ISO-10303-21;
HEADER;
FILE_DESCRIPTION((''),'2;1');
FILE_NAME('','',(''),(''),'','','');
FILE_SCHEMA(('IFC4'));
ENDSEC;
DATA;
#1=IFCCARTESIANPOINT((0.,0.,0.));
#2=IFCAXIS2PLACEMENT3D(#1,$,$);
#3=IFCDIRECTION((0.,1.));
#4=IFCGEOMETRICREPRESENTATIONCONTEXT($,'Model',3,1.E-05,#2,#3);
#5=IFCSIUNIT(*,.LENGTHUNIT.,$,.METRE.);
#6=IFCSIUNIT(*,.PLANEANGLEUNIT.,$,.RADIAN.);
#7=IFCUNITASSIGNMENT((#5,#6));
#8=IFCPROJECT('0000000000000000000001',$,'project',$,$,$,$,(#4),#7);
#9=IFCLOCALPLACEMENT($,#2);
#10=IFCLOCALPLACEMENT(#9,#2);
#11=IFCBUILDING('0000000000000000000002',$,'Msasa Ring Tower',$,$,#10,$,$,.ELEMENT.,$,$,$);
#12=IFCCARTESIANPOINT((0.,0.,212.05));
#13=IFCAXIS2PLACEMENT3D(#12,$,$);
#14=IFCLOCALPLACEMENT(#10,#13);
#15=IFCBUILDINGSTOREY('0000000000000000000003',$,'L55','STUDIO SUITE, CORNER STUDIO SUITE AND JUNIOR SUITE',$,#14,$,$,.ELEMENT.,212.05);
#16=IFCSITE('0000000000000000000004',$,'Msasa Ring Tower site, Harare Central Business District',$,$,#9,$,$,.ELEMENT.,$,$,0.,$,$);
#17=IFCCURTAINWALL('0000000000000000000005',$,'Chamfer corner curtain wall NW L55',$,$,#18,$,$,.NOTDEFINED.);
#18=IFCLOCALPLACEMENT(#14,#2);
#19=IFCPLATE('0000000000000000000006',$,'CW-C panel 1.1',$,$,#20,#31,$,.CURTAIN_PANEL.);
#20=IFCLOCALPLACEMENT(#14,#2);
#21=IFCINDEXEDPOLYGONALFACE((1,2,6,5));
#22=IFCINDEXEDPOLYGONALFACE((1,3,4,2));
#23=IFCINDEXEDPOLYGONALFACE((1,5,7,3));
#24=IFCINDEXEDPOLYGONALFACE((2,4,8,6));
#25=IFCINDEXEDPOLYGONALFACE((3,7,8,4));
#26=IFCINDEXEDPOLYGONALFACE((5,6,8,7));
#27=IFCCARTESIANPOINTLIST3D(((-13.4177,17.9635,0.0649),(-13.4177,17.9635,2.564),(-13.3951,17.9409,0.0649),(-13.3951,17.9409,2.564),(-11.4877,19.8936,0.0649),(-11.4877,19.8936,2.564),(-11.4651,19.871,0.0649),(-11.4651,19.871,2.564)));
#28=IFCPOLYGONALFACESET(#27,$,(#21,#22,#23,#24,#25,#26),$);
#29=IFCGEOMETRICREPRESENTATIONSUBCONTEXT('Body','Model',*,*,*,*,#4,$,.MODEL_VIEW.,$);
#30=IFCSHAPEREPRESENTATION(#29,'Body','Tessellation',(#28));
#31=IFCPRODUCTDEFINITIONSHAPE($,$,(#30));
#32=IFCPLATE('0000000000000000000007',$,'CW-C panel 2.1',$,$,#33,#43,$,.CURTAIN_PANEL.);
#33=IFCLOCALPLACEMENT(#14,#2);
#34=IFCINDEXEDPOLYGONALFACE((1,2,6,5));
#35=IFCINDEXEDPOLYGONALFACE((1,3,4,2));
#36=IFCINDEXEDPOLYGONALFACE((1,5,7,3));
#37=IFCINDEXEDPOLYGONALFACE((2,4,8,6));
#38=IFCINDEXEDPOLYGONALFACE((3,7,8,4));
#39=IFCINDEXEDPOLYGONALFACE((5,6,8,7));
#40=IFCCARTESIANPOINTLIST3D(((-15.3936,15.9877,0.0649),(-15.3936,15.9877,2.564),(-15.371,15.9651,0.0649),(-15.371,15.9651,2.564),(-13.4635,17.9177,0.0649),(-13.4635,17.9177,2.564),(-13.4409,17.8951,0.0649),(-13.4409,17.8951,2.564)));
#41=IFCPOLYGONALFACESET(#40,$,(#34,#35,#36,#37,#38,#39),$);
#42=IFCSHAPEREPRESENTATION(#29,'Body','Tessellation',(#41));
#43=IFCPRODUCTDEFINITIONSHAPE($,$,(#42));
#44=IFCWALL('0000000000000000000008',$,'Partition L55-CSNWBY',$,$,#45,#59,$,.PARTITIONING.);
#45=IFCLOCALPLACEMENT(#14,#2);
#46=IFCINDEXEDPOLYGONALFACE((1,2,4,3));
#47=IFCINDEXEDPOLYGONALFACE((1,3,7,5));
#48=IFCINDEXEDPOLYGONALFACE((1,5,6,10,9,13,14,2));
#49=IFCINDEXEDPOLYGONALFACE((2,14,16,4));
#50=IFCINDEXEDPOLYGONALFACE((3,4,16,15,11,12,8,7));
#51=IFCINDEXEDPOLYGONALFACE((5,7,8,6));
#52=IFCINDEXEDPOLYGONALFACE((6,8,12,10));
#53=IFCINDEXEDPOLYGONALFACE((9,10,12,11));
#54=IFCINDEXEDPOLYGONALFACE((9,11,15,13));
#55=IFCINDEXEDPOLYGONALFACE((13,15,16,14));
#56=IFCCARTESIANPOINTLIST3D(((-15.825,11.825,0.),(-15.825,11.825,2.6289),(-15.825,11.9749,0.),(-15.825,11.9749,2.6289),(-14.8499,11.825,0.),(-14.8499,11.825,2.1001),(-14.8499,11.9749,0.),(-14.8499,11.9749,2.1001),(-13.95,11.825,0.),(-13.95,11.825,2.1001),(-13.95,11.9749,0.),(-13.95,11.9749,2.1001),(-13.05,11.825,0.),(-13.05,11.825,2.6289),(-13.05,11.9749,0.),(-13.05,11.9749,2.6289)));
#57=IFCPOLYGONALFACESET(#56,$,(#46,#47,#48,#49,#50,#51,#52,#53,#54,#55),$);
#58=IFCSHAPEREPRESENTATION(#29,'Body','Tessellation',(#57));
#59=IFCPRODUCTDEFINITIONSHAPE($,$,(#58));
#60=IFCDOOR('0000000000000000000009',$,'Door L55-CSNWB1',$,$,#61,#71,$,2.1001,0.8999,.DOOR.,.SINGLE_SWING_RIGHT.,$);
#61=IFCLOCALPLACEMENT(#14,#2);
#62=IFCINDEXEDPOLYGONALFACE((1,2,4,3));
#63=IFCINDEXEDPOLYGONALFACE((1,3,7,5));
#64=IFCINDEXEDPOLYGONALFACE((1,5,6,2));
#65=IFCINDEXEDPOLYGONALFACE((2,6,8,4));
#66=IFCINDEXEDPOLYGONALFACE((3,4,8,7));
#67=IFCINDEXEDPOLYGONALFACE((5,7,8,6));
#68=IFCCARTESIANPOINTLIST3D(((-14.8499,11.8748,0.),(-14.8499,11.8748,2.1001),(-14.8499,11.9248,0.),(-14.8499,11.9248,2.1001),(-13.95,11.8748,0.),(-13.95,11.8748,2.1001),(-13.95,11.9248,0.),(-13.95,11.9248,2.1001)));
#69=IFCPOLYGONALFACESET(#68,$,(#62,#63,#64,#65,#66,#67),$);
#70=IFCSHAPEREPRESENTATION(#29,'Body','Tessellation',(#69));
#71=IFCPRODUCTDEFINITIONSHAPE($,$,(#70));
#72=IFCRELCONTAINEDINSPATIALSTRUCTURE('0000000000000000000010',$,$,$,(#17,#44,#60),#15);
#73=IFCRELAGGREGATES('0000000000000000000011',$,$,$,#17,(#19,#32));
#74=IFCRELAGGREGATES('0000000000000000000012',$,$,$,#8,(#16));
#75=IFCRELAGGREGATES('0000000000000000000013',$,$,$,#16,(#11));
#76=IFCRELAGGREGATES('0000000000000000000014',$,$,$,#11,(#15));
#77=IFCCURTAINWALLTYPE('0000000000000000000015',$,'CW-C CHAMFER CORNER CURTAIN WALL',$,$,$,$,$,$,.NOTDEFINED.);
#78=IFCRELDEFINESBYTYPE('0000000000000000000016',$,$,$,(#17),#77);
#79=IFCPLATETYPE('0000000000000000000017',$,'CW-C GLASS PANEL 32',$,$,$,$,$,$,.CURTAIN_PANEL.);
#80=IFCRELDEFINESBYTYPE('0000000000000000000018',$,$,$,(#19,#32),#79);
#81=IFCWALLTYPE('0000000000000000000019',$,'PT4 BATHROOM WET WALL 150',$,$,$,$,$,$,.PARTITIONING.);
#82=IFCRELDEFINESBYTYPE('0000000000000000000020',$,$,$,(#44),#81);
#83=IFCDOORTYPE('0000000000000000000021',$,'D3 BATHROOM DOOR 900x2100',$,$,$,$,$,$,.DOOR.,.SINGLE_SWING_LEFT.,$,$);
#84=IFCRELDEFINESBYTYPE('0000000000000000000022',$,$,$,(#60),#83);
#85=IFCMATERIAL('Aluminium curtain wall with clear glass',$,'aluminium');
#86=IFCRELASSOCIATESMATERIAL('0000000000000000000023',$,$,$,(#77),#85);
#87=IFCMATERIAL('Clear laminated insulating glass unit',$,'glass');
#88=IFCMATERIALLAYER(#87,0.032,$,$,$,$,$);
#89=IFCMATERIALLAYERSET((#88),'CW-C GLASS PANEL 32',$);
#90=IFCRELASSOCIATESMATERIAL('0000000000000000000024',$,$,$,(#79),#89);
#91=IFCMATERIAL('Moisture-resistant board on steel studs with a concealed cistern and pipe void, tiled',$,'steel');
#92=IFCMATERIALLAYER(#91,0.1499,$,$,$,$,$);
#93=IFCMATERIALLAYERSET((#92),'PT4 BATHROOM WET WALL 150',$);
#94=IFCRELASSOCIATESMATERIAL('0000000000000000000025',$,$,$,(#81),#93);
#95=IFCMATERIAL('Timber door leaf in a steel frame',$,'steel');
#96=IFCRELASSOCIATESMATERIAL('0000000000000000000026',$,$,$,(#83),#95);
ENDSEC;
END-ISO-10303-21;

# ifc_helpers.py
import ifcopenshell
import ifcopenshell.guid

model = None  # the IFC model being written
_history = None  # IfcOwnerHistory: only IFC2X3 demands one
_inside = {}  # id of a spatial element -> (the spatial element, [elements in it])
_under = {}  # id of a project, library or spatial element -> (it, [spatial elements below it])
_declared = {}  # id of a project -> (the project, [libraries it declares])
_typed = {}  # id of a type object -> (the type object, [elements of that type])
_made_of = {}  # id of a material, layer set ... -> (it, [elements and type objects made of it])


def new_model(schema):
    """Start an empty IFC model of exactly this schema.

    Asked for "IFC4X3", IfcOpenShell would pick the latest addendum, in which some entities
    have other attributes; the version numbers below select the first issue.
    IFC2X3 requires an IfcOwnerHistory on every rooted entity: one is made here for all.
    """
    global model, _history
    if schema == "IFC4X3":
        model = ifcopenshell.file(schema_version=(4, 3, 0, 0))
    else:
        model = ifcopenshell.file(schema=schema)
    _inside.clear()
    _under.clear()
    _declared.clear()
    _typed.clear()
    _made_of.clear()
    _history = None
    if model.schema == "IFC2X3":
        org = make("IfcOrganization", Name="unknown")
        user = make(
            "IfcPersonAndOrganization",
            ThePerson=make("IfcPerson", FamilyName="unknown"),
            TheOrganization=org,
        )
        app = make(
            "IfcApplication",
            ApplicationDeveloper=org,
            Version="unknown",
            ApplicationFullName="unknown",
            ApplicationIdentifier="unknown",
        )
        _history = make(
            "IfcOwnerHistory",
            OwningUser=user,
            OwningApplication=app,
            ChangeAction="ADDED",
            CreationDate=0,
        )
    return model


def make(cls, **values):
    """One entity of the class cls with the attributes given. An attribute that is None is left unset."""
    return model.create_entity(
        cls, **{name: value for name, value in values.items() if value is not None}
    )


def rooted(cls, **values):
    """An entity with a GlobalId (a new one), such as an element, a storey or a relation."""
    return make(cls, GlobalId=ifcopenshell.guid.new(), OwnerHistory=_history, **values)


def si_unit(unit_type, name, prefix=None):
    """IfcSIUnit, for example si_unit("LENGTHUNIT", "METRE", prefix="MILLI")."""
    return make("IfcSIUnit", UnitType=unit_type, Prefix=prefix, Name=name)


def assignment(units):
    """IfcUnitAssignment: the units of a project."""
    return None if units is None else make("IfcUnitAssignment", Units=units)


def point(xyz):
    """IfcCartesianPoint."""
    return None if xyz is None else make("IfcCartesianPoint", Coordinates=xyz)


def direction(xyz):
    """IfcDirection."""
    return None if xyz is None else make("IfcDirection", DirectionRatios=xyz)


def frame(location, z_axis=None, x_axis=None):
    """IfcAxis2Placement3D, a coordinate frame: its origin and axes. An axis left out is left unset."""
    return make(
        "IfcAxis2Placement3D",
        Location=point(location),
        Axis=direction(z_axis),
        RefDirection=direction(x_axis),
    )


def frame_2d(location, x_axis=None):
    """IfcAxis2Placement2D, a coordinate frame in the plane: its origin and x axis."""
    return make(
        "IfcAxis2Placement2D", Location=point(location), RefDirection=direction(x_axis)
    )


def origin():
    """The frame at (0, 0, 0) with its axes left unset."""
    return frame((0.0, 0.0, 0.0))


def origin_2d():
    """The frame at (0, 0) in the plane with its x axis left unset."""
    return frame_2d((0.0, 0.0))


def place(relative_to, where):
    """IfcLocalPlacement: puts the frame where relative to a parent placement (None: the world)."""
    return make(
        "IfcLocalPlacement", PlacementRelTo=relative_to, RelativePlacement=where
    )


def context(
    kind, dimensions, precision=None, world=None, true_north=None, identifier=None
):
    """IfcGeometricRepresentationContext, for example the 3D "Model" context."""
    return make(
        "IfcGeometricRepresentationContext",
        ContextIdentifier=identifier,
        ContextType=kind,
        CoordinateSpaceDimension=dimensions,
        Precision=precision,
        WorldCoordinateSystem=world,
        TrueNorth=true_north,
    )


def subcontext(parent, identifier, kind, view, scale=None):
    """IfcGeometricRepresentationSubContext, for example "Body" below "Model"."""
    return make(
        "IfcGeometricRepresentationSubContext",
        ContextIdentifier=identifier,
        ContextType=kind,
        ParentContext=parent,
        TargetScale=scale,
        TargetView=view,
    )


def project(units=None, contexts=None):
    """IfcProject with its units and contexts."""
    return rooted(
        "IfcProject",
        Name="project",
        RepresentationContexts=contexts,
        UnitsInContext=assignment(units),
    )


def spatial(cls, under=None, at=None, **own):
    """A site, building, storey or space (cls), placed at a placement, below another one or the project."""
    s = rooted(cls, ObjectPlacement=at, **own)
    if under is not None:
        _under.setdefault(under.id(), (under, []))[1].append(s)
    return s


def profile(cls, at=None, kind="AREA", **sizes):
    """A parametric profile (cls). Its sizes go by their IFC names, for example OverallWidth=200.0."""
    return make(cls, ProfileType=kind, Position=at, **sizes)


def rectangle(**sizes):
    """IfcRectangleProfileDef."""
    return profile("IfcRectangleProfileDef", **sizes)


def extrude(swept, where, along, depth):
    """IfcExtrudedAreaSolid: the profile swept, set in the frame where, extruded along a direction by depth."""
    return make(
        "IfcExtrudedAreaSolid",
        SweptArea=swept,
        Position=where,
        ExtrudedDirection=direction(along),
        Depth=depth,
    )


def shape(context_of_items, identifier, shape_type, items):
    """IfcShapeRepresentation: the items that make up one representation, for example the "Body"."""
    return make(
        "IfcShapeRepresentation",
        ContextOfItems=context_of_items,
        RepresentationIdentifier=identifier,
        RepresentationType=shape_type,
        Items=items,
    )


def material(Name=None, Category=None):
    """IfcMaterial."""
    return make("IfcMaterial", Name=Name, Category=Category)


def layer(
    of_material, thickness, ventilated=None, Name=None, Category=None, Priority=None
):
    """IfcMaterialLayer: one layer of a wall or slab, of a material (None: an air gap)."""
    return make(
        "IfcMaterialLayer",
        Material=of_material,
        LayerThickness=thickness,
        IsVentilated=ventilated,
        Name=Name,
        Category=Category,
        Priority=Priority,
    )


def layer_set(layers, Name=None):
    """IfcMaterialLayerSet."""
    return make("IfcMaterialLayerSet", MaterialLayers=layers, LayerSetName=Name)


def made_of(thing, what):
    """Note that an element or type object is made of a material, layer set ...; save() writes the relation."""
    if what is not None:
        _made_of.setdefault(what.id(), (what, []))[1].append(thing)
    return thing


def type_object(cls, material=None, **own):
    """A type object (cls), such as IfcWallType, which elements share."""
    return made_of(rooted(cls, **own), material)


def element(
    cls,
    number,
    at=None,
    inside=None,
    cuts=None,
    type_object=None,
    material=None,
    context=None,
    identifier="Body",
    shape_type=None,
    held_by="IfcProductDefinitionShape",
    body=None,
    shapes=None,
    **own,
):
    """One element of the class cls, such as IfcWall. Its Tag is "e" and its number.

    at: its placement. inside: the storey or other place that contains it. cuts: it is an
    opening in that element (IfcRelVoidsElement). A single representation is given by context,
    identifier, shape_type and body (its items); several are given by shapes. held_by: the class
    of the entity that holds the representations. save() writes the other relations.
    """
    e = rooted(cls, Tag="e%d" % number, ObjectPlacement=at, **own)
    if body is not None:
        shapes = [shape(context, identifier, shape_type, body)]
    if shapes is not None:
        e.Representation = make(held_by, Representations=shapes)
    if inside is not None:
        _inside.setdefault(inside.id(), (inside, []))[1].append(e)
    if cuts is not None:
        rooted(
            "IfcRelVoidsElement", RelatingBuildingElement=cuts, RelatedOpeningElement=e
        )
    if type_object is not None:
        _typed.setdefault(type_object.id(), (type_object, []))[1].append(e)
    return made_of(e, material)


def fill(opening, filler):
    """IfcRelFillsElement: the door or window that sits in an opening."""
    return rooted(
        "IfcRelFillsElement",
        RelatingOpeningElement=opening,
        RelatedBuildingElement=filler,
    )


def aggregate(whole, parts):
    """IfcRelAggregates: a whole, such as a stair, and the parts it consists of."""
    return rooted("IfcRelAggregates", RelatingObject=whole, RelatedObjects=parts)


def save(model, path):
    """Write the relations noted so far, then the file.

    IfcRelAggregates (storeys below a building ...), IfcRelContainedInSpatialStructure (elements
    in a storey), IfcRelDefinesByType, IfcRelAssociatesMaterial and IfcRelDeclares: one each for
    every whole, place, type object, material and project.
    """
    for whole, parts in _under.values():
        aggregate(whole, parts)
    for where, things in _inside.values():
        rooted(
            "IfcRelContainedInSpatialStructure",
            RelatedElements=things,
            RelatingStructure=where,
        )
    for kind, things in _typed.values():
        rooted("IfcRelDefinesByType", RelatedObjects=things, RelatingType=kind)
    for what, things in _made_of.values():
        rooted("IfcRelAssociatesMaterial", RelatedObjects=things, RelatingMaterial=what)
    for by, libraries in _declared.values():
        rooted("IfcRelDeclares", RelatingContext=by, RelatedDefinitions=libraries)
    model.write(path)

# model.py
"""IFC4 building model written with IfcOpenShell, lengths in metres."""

from ifc_helpers import new_model, si_unit, direction, frame, frame_2d, origin, origin_2d, place, context, subcontext, project, spatial, rectangle, extrude, material, layer, layer_set, type_object, element, fill, aggregate, save


model = new_model("IFC4")

# Units and contexts
model_context = context("Model", 3, precision=1e-05, world=origin(), true_north=direction((0.0, 1.0)))
body_context = subcontext(model_context, "Body", "Model", "MODEL_VIEW")
ifc_project = project(units=[si_unit("LENGTHUNIT", "METRE"), si_unit("PLANEANGLEUNIT", "RADIAN")], contexts=[model_context])

# Site, building, storey
site_placement = place(None, origin())
site = spatial("IfcSite", under=ifc_project, at=site_placement, Name="Msasa Ring Tower site, Harare Central Business District", CompositionType="ELEMENT", RefElevation=0.0)
building_placement = place(site_placement, origin())
building = spatial("IfcBuilding", under=site, at=building_placement, Name="Msasa Ring Tower", CompositionType="ELEMENT")
storey_placement = place(building_placement, frame((0.0, 0.0, 212.05)))
storey = spatial("IfcBuildingStorey", under=building, at=storey_placement, Name="L55", Description="STUDIO SUITE, CORNER STUDIO SUITE AND JUNIOR SUITE", CompositionType="ELEMENT", Elevation=212.05)

# Curtain wall
ifc_material_1 = material(Name="Aluminium curtain wall with clear glass", Category="aluminium")
curtain_wall_type = type_object("IfcCurtainWallType", Name="CW-C CHAMFER CORNER CURTAIN WALL", PredefinedType="NOTDEFINED", material=ifc_material_1)
curtain_wall_1_placement = place(storey_placement, origin())
curtain_wall_1 = element("IfcCurtainWall", 1, at=curtain_wall_1_placement, inside=storey, type_object=curtain_wall_type, Name="Chamfer corner curtain wall NW L55", PredefinedType="NOTDEFINED")

# Plates
ifc_material_2 = material(Name="Clear laminated insulating glass unit", Category="glass")
ifc_layer_1 = layer(ifc_material_2, 0.032)
ifc_layer_set_1 = layer_set([ifc_layer_1], Name="CW-C GLASS PANEL 32")
plate_type = type_object("IfcPlateType", Name="CW-C GLASS PANEL 32", PredefinedType="CURTAIN_PANEL", material=ifc_layer_set_1)
plate_1_placement = place(storey_placement, frame((-12.4414, 18.9172, 0.0649), z_axis=(0.0, 0.0, 1.0), x_axis=(-0.707107, -0.707107, 0.0)))
plate_1 = element("IfcPlate", 2, at=plate_1_placement, type_object=plate_type, Name="CW-C panel 1.1", PredefinedType="CURTAIN_PANEL", context=body_context, shape_type="SweptSolid", body=[
    extrude(rectangle(XDim=2.7295, YDim=0.032, at=origin_2d()), origin(), (0.0, 0.0, 1.0), 2.499),
])
plate_2_placement = place(storey_placement, frame((-14.4172, 16.9414, 0.0649), z_axis=(0.0, 0.0, 1.0), x_axis=(-0.707107, -0.707107, 0.0)))
plate_2 = element("IfcPlate", 3, at=plate_2_placement, type_object=plate_type, Name="CW-C panel 2.1", PredefinedType="CURTAIN_PANEL", context=body_context, shape_type="SweptSolid", body=[
    extrude(rectangle(XDim=2.7295, YDim=0.032, at=origin_2d()), origin(), (0.0, 0.0, 1.0), 2.499),
])
aggregate(curtain_wall_1, [plate_1, plate_2])

# Wall, opening, door
ifc_material_3 = material(Name="Moisture-resistant board on steel studs with a concealed cistern and pipe void, tiled", Category="steel")
ifc_layer_2 = layer(ifc_material_3, 0.1499)
ifc_layer_set_2 = layer_set([ifc_layer_2], Name="PT4 BATHROOM WET WALL 150")
wall_type = type_object("IfcWallType", Name="PT4 BATHROOM WET WALL 150", PredefinedType="PARTITIONING", material=ifc_layer_set_2)
wall_placement = place(storey_placement, frame((-15.825, 11.8999, 0.0), z_axis=(0.0, 0.0, 1.0), x_axis=(1.0, 0.0, 0.0)))
wall = element("IfcWall", 4, at=wall_placement, inside=storey, type_object=wall_type, Name="Partition L55-CSNWBY", PredefinedType="PARTITIONING", context=body_context, shape_type="SweptSolid", body=[
    extrude(rectangle(XDim=2.7749, YDim=0.1499, at=frame_2d((1.3875, 0.0))), origin(), (0.0, 0.0, 1.0), 2.6289),
])
opening_placement = place(wall_placement, frame((0.9751, 0.0, 0.0)))
opening = element("IfcOpeningElement", 5, at=opening_placement, cuts=wall, PredefinedType="OPENING", context=body_context, shape_type="SweptSolid", body=[
    extrude(rectangle(XDim=0.8999, YDim=2.1001, at=frame_2d((0.45, 1.05))), frame((0.0, 0.085, 0.0), z_axis=(0.0, -1.0, 0.0), x_axis=(1.0, 0.0, 0.0)), (0.0, 0.0, 1.0), 0.1699),
])
ifc_material_4 = material(Name="Timber door leaf in a steel frame", Category="steel")
door_type = type_object("IfcDoorType", Name="D3 BATHROOM DOOR 900x2100", OperationType="SINGLE_SWING_LEFT", PredefinedType="DOOR", material=ifc_material_4)
door_placement = place(opening_placement, origin())
door = element("IfcDoor", 6, at=door_placement, inside=storey, type_object=door_type, Name="Door L55-CSNWB1", OperationType="SINGLE_SWING_RIGHT", OverallHeight=2.1001, OverallWidth=0.8999, PredefinedType="DOOR", context=body_context, shape_type="SweptSolid", body=[
    extrude(rectangle(XDim=0.8999, YDim=2.1001, at=frame_2d((0.45, 1.05))), frame((0.0, 0.0249, 0.0), z_axis=(0.0, -1.0, 0.0), x_axis=(1.0, 0.0, 0.0)), (0.0, 0.0, 1.0), 0.05),
])
fill(opening, door)

save(model, "model.ifc")
